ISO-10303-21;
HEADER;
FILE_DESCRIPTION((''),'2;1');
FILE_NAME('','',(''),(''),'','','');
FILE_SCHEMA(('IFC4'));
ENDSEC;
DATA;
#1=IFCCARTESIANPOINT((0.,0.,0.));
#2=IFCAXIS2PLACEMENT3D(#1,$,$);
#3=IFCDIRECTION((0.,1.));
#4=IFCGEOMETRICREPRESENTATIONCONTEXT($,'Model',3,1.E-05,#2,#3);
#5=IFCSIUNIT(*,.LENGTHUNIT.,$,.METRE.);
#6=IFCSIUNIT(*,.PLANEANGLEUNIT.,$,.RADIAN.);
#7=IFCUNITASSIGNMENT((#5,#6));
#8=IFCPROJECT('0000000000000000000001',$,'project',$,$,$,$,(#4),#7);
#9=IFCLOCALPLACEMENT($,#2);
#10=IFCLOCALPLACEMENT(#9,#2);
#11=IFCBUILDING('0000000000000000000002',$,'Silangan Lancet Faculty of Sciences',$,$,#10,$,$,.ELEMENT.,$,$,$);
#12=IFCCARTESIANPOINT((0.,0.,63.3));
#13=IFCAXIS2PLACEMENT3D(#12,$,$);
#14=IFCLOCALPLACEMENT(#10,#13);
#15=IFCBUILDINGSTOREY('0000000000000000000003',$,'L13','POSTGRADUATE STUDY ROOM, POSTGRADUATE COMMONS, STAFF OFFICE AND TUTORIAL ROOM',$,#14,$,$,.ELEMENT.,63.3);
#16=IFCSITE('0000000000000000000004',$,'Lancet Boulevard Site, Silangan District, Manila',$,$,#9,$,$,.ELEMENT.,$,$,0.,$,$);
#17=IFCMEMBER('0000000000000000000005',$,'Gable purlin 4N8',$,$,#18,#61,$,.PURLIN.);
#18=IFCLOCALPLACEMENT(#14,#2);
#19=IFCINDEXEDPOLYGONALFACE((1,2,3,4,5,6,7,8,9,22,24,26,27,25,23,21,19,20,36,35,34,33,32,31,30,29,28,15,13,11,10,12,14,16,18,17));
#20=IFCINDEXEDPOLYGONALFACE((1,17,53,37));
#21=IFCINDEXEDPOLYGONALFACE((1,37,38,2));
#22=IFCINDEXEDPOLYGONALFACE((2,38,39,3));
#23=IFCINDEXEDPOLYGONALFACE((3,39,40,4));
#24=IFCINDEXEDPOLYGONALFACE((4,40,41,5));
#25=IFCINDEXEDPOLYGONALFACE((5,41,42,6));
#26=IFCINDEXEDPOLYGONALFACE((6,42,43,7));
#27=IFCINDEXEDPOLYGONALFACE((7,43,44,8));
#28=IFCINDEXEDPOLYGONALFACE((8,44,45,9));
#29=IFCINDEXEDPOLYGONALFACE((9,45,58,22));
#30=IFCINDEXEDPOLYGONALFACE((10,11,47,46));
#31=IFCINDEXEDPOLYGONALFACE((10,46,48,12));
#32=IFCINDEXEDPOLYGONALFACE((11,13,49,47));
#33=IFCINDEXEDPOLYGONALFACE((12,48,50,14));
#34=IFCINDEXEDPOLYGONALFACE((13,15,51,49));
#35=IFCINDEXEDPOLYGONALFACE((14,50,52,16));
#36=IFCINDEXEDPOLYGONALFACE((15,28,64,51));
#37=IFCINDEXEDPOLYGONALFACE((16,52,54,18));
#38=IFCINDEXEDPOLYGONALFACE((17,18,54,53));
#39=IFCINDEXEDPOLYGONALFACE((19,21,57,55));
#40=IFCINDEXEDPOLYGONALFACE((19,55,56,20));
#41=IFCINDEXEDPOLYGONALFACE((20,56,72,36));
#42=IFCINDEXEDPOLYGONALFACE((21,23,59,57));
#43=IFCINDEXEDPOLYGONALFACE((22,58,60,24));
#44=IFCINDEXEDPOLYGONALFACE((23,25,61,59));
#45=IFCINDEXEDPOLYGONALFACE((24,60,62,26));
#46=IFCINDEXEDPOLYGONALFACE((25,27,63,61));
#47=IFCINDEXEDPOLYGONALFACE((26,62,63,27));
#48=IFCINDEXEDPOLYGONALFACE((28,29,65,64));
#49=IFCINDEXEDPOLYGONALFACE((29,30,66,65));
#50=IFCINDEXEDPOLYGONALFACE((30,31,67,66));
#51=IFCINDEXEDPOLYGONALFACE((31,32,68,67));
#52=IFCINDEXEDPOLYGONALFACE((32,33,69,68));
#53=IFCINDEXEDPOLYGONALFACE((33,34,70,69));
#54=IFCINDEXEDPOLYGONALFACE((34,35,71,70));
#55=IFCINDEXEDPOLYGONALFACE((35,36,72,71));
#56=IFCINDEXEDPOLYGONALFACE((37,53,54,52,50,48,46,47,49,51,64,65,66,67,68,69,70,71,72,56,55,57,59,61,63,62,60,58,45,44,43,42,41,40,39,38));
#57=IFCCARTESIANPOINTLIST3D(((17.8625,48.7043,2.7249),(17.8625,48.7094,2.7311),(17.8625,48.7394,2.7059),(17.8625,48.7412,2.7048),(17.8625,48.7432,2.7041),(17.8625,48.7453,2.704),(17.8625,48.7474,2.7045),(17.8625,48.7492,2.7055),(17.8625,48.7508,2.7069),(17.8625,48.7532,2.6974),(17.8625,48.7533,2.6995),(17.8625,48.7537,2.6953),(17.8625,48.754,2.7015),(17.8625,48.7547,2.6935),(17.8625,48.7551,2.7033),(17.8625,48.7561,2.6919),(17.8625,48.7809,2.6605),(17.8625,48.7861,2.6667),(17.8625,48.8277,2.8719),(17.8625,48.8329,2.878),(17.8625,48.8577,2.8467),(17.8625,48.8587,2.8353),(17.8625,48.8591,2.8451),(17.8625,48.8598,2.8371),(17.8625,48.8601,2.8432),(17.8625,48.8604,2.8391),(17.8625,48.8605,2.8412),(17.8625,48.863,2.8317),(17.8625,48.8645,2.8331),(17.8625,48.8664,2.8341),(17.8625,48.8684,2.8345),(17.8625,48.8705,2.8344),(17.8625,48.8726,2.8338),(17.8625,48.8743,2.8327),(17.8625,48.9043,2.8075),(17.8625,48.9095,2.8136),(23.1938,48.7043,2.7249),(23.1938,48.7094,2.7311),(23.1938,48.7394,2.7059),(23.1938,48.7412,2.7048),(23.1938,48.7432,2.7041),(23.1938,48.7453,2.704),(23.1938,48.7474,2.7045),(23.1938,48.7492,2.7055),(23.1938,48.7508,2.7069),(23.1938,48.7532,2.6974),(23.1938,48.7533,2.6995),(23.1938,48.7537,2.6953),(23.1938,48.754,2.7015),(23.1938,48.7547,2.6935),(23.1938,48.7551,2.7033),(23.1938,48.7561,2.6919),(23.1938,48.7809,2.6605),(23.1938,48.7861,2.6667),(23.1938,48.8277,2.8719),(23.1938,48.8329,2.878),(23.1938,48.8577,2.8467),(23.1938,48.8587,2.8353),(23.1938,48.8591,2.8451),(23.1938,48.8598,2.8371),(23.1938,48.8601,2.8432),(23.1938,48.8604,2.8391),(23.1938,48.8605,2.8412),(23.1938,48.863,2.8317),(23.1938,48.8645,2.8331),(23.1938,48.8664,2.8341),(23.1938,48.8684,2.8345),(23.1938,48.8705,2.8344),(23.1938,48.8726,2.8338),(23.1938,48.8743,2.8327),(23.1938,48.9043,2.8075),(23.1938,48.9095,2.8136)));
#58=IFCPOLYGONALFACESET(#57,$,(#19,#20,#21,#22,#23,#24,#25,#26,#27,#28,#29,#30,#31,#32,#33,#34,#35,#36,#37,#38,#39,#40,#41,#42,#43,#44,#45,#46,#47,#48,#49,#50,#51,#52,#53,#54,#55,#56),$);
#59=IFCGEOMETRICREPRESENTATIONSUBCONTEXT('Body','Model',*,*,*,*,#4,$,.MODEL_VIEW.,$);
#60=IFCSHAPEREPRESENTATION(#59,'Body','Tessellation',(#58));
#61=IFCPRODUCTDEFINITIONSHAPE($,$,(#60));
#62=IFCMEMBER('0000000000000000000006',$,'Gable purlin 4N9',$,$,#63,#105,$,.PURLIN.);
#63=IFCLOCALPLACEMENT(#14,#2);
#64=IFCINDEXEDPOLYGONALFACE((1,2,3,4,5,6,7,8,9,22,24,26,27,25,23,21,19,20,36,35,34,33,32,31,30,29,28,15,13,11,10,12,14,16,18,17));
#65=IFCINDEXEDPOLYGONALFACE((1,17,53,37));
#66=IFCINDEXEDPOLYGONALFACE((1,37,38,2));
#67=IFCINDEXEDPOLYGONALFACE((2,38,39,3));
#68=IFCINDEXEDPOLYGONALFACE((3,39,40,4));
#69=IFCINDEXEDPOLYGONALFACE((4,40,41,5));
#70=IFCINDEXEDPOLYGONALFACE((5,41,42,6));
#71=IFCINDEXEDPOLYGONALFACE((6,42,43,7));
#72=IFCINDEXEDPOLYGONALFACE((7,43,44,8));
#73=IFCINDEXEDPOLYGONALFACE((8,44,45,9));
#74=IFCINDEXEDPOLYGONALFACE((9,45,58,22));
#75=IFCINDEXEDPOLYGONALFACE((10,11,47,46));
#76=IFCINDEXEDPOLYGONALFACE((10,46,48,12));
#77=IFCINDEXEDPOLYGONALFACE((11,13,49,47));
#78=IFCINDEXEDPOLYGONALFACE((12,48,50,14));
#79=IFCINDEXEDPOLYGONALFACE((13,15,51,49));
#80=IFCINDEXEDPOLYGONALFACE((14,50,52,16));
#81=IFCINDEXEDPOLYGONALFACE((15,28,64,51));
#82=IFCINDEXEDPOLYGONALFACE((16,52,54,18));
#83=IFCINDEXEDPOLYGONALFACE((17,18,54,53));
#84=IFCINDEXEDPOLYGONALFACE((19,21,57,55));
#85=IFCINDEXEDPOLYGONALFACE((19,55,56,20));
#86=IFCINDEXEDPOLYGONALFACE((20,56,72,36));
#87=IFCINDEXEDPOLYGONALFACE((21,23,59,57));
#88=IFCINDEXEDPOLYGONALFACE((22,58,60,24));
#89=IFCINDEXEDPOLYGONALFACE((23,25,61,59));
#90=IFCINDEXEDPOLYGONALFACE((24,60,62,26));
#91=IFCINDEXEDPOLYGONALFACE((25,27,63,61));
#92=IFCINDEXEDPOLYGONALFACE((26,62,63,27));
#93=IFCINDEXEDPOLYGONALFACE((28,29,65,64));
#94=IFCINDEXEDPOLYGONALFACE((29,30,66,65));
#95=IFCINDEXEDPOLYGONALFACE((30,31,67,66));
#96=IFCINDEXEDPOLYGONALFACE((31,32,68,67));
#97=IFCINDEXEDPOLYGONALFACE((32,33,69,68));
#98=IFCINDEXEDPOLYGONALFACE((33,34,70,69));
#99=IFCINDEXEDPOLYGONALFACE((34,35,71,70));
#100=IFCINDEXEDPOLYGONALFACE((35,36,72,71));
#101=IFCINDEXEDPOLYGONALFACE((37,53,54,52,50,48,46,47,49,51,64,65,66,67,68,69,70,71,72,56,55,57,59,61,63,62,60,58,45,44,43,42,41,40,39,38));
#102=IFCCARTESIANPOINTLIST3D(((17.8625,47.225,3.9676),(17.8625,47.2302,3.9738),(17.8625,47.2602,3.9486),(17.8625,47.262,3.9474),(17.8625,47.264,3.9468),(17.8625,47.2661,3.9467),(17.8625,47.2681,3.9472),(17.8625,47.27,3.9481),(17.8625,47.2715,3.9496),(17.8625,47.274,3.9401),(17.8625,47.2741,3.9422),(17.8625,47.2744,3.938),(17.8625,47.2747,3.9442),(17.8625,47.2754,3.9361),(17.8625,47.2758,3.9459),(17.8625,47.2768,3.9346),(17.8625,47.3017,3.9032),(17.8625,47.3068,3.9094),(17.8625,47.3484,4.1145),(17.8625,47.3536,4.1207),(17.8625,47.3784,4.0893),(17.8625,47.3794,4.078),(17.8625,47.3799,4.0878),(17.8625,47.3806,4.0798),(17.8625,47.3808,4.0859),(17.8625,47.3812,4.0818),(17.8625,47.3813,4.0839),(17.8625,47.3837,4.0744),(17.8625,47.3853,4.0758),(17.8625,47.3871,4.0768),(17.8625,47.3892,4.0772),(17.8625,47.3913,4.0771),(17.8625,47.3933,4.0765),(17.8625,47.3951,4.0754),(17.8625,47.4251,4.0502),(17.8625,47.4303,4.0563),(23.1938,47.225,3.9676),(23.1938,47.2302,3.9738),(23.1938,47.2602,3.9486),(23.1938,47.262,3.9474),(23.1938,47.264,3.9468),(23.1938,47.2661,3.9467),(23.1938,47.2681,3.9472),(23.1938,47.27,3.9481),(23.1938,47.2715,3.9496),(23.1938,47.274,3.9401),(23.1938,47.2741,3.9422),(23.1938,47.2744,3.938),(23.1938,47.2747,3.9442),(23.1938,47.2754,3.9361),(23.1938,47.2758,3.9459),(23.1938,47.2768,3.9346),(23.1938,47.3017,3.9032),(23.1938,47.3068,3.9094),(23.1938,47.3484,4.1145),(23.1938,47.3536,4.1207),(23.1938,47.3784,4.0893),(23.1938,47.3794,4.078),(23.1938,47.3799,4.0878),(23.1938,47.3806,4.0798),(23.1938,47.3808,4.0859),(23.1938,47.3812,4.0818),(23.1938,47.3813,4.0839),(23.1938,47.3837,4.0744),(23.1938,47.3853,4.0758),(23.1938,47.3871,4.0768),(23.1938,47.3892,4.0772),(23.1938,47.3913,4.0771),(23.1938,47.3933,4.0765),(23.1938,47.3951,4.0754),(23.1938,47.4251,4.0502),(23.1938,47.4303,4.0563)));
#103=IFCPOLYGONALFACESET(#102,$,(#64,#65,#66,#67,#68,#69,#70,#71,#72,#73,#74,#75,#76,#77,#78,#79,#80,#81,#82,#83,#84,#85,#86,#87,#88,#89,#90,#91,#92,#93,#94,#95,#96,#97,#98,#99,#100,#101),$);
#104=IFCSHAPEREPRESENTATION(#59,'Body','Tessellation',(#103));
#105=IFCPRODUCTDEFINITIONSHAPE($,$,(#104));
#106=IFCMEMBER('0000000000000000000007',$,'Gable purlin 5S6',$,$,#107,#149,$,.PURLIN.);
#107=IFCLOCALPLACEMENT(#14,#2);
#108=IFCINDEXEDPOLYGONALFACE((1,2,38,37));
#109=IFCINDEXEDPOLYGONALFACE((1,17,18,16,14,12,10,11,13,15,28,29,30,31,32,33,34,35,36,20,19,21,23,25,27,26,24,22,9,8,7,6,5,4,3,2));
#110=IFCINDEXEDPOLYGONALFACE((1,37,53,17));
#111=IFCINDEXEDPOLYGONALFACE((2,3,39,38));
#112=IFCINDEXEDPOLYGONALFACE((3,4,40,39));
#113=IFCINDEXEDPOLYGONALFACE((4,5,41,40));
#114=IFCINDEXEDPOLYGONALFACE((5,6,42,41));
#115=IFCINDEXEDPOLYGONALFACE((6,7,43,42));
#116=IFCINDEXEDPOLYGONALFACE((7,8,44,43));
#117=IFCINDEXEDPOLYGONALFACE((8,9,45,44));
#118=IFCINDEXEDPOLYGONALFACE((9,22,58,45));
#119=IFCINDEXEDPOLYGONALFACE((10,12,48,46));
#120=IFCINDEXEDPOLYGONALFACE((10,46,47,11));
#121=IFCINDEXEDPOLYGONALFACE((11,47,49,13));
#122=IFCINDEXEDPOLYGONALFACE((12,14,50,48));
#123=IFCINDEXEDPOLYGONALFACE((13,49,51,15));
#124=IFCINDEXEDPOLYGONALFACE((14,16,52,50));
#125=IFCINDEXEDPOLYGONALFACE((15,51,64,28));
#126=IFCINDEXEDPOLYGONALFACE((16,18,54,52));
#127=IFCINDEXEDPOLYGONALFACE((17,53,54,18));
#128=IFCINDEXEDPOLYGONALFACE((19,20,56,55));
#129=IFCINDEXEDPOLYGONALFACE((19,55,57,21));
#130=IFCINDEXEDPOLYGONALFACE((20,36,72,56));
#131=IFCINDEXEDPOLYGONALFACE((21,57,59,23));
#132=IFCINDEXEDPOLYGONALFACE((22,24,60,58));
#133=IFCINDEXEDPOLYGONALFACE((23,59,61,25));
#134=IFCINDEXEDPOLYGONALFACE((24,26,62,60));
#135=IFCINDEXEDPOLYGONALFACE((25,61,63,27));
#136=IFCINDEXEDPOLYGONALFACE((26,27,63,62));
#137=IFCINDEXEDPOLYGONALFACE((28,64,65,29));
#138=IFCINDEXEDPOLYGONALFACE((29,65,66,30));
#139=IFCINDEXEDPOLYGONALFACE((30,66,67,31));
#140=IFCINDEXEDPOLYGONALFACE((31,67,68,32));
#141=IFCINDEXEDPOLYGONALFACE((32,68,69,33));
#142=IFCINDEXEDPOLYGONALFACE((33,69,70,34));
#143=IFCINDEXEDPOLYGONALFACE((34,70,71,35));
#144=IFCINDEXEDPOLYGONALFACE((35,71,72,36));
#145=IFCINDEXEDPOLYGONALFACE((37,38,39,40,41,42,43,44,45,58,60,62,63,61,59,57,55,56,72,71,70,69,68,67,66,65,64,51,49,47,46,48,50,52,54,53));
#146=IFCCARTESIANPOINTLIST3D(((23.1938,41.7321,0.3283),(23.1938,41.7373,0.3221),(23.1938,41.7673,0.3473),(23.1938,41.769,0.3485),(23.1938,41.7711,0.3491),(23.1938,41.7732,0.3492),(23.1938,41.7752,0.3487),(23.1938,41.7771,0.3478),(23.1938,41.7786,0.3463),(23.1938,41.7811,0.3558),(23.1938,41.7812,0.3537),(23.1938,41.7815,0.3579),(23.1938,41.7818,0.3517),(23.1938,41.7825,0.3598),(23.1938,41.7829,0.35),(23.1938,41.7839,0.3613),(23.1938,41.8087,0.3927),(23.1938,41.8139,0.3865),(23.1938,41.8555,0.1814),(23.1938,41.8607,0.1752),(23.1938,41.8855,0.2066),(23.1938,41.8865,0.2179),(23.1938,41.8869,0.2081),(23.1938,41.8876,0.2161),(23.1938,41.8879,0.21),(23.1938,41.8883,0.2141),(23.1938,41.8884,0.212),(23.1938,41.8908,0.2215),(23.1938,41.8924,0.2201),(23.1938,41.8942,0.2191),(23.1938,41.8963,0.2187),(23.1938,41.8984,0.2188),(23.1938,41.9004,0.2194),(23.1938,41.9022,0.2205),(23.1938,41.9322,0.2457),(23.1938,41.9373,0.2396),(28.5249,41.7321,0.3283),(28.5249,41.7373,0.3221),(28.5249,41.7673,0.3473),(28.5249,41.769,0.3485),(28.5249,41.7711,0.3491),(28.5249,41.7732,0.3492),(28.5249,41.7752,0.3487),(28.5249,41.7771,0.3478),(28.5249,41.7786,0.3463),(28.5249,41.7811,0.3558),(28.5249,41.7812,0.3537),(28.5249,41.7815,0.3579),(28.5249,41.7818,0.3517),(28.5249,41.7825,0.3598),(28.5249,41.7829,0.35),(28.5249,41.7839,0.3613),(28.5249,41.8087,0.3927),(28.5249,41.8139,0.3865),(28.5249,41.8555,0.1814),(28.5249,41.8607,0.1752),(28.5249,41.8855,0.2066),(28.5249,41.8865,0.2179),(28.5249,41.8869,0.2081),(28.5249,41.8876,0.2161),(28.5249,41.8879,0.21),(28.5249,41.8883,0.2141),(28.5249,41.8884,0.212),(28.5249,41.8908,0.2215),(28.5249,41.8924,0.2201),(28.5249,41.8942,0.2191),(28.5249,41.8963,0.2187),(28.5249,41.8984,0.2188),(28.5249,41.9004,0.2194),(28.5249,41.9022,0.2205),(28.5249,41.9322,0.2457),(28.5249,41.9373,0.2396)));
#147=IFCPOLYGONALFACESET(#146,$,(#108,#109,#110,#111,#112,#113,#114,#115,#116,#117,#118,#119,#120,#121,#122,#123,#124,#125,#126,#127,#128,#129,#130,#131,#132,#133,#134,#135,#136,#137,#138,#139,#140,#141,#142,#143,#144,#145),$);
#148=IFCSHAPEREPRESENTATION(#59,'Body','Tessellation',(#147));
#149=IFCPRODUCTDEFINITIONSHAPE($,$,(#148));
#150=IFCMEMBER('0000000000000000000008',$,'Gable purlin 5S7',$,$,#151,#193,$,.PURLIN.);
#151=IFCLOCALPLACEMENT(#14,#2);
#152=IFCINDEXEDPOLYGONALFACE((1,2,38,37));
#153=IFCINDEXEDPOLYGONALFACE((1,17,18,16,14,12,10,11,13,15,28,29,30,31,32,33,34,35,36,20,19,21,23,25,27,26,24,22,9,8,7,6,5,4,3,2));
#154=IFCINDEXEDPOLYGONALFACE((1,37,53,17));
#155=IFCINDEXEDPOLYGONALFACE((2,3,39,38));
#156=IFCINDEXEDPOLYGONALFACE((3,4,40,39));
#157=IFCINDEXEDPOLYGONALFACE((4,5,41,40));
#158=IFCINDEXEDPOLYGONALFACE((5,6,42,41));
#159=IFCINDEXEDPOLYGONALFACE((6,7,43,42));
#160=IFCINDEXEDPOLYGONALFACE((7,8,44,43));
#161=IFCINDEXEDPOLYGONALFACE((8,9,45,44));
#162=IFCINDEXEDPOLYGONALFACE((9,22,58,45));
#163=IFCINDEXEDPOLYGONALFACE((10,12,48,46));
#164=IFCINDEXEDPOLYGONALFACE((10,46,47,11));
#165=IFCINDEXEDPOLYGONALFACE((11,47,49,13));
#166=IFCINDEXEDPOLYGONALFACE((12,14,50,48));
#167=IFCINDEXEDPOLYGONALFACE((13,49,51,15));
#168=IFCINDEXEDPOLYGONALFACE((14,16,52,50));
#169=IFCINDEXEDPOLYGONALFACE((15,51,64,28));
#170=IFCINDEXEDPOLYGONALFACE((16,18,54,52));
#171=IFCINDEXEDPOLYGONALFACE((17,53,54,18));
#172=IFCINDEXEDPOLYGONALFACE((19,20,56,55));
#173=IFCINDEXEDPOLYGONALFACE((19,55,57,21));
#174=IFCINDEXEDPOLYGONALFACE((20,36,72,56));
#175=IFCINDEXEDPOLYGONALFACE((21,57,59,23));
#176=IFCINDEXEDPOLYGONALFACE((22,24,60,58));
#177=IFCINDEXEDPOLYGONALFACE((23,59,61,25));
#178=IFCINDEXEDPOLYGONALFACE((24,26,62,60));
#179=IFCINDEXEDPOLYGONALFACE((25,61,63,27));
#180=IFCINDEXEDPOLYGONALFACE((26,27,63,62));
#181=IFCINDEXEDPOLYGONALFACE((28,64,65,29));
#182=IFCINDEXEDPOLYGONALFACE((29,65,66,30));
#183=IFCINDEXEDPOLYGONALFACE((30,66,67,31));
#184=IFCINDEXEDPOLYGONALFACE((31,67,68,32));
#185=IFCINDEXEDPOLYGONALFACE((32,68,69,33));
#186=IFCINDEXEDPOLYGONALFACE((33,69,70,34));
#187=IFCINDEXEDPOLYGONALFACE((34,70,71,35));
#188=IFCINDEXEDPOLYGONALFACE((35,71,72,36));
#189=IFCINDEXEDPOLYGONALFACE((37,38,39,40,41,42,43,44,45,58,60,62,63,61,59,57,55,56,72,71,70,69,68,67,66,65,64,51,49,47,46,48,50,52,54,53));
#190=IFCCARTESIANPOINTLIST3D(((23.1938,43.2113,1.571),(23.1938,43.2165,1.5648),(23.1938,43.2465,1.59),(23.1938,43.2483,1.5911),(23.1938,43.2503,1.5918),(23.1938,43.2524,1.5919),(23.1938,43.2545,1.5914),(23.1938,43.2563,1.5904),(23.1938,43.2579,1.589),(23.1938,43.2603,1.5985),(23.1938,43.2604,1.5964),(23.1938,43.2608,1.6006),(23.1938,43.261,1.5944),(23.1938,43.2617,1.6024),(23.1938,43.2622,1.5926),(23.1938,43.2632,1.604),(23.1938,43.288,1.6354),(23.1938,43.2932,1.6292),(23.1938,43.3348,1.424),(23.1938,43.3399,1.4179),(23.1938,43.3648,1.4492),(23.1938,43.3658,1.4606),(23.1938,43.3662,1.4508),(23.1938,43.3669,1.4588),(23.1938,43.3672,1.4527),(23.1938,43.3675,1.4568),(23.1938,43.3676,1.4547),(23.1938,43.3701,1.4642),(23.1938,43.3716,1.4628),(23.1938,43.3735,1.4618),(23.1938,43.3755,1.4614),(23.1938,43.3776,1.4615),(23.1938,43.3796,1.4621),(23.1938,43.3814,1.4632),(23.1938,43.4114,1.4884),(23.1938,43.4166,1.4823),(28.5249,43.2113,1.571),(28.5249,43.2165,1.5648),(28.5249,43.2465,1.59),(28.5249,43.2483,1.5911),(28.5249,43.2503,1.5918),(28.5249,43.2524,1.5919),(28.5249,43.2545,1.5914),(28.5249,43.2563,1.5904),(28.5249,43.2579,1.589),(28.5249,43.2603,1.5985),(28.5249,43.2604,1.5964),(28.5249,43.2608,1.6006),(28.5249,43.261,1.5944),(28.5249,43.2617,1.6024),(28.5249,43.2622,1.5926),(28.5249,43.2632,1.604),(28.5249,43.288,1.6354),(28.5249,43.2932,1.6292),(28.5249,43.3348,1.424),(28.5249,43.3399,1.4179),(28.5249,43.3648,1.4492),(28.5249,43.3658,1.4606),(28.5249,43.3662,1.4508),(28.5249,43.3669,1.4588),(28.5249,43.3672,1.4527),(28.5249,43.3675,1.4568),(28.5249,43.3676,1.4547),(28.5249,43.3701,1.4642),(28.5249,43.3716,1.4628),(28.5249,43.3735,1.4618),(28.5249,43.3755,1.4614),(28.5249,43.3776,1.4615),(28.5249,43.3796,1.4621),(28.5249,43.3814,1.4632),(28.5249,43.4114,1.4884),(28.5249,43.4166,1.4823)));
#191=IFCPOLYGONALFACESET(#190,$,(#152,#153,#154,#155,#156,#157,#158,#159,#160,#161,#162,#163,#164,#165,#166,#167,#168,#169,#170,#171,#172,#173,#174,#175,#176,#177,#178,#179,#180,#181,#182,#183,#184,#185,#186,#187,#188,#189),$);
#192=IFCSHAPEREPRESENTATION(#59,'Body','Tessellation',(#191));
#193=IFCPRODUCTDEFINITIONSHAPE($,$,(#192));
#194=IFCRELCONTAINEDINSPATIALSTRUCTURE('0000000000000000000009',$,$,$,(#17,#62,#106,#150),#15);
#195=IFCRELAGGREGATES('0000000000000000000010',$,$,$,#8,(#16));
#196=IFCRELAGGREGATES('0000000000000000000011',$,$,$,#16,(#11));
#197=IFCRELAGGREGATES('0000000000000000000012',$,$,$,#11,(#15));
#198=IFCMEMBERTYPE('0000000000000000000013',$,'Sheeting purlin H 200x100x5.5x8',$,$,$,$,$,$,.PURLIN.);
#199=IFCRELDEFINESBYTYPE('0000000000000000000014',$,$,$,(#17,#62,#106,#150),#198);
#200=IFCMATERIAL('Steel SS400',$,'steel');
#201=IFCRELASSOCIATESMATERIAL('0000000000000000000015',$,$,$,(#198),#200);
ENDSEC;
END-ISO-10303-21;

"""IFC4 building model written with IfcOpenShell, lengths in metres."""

from ifc_helpers import new_model, si_unit, direction, frame, origin, origin_2d, place, context, subcontext, project, spatial, i_section, extrude, material, material_profile, profile_set, type_object, element, save


model = new_model("IFC4")

# Units and contexts
model_context = context("Model", 3, precision=1e-05, world=origin(), true_north=direction((0.0, 1.0)))
body_context = subcontext(model_context, "Body", "Model", "MODEL_VIEW")
ifc_project = project(units=[si_unit("LENGTHUNIT", "METRE"), si_unit("PLANEANGLEUNIT", "RADIAN")], contexts=[model_context])

# Site, building, storey
site_placement = place(None, origin())
site = spatial("IfcSite", under=ifc_project, at=site_placement, Name="Lancet Boulevard Site, Silangan District, Manila", CompositionType="ELEMENT", RefElevation=0.0)
building_placement = place(site_placement, origin())
building = spatial("IfcBuilding", under=site, at=building_placement, Name="Silangan Lancet Faculty of Sciences", CompositionType="ELEMENT")
storey_placement = place(building_placement, frame((0.0, 0.0, 63.3)))
storey = spatial("IfcBuildingStorey", under=building, at=storey_placement, Name="L13", Description="POSTGRADUATE STUDY ROOM, POSTGRADUATE COMMONS, STAFF OFFICE AND TUTORIAL ROOM", CompositionType="ELEMENT", Elevation=63.3)

# Members
ifc_material = material(Name="Steel SS400", Category="steel")
ifc_material_profile = material_profile(ifc_material, i_section(OverallWidth=0.1001, OverallDepth=0.2, WebThickness=0.0056, FlangeThickness=0.0081, FilletRadius=0.0081, at=origin_2d()), Name="H 200x100x5.5x8")
ifc_profile_set = profile_set([ifc_material_profile], Name="Steel SS400")
member_type = type_object("IfcMemberType", Name="Sheeting purlin H 200x100x5.5x8", PredefinedType="PURLIN", material=ifc_profile_set)
for number, where, z_axis, x_axis, name in (
    (1, (17.8625, 48.8069, 2.7693), (1.0, 0.0, 0.0), (0.0, 0.765705, -0.643192), "Gable purlin 4N8"),
    (2, (17.8625, 47.3276, 4.012), (1.0, 0.0, 0.0), (0.0, 0.765705, -0.643192), "Gable purlin 4N9"),
):
    element("IfcMember", number, at=place(storey_placement, frame(where, z_axis=z_axis, x_axis=x_axis)), inside=storey, type_object=member_type, Name=name, PredefinedType="PURLIN", context=body_context, shape_type="SweptSolid", body=[
        extrude(i_section(OverallWidth=0.1001, OverallDepth=0.2, WebThickness=0.0056, FlangeThickness=0.0081, FilletRadius=0.0081, at=origin_2d()), origin(), (0.0, 0.0, 1.0), 5.3313),
    ])
for number, where, z_axis, x_axis, name in (
    (3, (23.1938, 41.8347, 0.2839), (1.0, 0.0, 0.0), (0.0, 0.765705, 0.643192), "Gable purlin 5S6"),
    (4, (23.1938, 43.314, 1.5266), (1.0, 0.0, 0.0), (0.0, 0.765705, 0.643192), "Gable purlin 5S7"),
):
    element("IfcMember", number, at=place(storey_placement, frame(where, z_axis=z_axis, x_axis=x_axis)), inside=storey, type_object=member_type, Name=name, PredefinedType="PURLIN", context=body_context, shape_type="SweptSolid", body=[
        extrude(i_section(OverallWidth=0.1001, OverallDepth=0.2, WebThickness=0.0056, FlangeThickness=0.0081, FilletRadius=0.0081, at=origin_2d()), origin(), (0.0, 0.0, 1.0), 5.3311),
    ])

save(model, "model.ifc")
